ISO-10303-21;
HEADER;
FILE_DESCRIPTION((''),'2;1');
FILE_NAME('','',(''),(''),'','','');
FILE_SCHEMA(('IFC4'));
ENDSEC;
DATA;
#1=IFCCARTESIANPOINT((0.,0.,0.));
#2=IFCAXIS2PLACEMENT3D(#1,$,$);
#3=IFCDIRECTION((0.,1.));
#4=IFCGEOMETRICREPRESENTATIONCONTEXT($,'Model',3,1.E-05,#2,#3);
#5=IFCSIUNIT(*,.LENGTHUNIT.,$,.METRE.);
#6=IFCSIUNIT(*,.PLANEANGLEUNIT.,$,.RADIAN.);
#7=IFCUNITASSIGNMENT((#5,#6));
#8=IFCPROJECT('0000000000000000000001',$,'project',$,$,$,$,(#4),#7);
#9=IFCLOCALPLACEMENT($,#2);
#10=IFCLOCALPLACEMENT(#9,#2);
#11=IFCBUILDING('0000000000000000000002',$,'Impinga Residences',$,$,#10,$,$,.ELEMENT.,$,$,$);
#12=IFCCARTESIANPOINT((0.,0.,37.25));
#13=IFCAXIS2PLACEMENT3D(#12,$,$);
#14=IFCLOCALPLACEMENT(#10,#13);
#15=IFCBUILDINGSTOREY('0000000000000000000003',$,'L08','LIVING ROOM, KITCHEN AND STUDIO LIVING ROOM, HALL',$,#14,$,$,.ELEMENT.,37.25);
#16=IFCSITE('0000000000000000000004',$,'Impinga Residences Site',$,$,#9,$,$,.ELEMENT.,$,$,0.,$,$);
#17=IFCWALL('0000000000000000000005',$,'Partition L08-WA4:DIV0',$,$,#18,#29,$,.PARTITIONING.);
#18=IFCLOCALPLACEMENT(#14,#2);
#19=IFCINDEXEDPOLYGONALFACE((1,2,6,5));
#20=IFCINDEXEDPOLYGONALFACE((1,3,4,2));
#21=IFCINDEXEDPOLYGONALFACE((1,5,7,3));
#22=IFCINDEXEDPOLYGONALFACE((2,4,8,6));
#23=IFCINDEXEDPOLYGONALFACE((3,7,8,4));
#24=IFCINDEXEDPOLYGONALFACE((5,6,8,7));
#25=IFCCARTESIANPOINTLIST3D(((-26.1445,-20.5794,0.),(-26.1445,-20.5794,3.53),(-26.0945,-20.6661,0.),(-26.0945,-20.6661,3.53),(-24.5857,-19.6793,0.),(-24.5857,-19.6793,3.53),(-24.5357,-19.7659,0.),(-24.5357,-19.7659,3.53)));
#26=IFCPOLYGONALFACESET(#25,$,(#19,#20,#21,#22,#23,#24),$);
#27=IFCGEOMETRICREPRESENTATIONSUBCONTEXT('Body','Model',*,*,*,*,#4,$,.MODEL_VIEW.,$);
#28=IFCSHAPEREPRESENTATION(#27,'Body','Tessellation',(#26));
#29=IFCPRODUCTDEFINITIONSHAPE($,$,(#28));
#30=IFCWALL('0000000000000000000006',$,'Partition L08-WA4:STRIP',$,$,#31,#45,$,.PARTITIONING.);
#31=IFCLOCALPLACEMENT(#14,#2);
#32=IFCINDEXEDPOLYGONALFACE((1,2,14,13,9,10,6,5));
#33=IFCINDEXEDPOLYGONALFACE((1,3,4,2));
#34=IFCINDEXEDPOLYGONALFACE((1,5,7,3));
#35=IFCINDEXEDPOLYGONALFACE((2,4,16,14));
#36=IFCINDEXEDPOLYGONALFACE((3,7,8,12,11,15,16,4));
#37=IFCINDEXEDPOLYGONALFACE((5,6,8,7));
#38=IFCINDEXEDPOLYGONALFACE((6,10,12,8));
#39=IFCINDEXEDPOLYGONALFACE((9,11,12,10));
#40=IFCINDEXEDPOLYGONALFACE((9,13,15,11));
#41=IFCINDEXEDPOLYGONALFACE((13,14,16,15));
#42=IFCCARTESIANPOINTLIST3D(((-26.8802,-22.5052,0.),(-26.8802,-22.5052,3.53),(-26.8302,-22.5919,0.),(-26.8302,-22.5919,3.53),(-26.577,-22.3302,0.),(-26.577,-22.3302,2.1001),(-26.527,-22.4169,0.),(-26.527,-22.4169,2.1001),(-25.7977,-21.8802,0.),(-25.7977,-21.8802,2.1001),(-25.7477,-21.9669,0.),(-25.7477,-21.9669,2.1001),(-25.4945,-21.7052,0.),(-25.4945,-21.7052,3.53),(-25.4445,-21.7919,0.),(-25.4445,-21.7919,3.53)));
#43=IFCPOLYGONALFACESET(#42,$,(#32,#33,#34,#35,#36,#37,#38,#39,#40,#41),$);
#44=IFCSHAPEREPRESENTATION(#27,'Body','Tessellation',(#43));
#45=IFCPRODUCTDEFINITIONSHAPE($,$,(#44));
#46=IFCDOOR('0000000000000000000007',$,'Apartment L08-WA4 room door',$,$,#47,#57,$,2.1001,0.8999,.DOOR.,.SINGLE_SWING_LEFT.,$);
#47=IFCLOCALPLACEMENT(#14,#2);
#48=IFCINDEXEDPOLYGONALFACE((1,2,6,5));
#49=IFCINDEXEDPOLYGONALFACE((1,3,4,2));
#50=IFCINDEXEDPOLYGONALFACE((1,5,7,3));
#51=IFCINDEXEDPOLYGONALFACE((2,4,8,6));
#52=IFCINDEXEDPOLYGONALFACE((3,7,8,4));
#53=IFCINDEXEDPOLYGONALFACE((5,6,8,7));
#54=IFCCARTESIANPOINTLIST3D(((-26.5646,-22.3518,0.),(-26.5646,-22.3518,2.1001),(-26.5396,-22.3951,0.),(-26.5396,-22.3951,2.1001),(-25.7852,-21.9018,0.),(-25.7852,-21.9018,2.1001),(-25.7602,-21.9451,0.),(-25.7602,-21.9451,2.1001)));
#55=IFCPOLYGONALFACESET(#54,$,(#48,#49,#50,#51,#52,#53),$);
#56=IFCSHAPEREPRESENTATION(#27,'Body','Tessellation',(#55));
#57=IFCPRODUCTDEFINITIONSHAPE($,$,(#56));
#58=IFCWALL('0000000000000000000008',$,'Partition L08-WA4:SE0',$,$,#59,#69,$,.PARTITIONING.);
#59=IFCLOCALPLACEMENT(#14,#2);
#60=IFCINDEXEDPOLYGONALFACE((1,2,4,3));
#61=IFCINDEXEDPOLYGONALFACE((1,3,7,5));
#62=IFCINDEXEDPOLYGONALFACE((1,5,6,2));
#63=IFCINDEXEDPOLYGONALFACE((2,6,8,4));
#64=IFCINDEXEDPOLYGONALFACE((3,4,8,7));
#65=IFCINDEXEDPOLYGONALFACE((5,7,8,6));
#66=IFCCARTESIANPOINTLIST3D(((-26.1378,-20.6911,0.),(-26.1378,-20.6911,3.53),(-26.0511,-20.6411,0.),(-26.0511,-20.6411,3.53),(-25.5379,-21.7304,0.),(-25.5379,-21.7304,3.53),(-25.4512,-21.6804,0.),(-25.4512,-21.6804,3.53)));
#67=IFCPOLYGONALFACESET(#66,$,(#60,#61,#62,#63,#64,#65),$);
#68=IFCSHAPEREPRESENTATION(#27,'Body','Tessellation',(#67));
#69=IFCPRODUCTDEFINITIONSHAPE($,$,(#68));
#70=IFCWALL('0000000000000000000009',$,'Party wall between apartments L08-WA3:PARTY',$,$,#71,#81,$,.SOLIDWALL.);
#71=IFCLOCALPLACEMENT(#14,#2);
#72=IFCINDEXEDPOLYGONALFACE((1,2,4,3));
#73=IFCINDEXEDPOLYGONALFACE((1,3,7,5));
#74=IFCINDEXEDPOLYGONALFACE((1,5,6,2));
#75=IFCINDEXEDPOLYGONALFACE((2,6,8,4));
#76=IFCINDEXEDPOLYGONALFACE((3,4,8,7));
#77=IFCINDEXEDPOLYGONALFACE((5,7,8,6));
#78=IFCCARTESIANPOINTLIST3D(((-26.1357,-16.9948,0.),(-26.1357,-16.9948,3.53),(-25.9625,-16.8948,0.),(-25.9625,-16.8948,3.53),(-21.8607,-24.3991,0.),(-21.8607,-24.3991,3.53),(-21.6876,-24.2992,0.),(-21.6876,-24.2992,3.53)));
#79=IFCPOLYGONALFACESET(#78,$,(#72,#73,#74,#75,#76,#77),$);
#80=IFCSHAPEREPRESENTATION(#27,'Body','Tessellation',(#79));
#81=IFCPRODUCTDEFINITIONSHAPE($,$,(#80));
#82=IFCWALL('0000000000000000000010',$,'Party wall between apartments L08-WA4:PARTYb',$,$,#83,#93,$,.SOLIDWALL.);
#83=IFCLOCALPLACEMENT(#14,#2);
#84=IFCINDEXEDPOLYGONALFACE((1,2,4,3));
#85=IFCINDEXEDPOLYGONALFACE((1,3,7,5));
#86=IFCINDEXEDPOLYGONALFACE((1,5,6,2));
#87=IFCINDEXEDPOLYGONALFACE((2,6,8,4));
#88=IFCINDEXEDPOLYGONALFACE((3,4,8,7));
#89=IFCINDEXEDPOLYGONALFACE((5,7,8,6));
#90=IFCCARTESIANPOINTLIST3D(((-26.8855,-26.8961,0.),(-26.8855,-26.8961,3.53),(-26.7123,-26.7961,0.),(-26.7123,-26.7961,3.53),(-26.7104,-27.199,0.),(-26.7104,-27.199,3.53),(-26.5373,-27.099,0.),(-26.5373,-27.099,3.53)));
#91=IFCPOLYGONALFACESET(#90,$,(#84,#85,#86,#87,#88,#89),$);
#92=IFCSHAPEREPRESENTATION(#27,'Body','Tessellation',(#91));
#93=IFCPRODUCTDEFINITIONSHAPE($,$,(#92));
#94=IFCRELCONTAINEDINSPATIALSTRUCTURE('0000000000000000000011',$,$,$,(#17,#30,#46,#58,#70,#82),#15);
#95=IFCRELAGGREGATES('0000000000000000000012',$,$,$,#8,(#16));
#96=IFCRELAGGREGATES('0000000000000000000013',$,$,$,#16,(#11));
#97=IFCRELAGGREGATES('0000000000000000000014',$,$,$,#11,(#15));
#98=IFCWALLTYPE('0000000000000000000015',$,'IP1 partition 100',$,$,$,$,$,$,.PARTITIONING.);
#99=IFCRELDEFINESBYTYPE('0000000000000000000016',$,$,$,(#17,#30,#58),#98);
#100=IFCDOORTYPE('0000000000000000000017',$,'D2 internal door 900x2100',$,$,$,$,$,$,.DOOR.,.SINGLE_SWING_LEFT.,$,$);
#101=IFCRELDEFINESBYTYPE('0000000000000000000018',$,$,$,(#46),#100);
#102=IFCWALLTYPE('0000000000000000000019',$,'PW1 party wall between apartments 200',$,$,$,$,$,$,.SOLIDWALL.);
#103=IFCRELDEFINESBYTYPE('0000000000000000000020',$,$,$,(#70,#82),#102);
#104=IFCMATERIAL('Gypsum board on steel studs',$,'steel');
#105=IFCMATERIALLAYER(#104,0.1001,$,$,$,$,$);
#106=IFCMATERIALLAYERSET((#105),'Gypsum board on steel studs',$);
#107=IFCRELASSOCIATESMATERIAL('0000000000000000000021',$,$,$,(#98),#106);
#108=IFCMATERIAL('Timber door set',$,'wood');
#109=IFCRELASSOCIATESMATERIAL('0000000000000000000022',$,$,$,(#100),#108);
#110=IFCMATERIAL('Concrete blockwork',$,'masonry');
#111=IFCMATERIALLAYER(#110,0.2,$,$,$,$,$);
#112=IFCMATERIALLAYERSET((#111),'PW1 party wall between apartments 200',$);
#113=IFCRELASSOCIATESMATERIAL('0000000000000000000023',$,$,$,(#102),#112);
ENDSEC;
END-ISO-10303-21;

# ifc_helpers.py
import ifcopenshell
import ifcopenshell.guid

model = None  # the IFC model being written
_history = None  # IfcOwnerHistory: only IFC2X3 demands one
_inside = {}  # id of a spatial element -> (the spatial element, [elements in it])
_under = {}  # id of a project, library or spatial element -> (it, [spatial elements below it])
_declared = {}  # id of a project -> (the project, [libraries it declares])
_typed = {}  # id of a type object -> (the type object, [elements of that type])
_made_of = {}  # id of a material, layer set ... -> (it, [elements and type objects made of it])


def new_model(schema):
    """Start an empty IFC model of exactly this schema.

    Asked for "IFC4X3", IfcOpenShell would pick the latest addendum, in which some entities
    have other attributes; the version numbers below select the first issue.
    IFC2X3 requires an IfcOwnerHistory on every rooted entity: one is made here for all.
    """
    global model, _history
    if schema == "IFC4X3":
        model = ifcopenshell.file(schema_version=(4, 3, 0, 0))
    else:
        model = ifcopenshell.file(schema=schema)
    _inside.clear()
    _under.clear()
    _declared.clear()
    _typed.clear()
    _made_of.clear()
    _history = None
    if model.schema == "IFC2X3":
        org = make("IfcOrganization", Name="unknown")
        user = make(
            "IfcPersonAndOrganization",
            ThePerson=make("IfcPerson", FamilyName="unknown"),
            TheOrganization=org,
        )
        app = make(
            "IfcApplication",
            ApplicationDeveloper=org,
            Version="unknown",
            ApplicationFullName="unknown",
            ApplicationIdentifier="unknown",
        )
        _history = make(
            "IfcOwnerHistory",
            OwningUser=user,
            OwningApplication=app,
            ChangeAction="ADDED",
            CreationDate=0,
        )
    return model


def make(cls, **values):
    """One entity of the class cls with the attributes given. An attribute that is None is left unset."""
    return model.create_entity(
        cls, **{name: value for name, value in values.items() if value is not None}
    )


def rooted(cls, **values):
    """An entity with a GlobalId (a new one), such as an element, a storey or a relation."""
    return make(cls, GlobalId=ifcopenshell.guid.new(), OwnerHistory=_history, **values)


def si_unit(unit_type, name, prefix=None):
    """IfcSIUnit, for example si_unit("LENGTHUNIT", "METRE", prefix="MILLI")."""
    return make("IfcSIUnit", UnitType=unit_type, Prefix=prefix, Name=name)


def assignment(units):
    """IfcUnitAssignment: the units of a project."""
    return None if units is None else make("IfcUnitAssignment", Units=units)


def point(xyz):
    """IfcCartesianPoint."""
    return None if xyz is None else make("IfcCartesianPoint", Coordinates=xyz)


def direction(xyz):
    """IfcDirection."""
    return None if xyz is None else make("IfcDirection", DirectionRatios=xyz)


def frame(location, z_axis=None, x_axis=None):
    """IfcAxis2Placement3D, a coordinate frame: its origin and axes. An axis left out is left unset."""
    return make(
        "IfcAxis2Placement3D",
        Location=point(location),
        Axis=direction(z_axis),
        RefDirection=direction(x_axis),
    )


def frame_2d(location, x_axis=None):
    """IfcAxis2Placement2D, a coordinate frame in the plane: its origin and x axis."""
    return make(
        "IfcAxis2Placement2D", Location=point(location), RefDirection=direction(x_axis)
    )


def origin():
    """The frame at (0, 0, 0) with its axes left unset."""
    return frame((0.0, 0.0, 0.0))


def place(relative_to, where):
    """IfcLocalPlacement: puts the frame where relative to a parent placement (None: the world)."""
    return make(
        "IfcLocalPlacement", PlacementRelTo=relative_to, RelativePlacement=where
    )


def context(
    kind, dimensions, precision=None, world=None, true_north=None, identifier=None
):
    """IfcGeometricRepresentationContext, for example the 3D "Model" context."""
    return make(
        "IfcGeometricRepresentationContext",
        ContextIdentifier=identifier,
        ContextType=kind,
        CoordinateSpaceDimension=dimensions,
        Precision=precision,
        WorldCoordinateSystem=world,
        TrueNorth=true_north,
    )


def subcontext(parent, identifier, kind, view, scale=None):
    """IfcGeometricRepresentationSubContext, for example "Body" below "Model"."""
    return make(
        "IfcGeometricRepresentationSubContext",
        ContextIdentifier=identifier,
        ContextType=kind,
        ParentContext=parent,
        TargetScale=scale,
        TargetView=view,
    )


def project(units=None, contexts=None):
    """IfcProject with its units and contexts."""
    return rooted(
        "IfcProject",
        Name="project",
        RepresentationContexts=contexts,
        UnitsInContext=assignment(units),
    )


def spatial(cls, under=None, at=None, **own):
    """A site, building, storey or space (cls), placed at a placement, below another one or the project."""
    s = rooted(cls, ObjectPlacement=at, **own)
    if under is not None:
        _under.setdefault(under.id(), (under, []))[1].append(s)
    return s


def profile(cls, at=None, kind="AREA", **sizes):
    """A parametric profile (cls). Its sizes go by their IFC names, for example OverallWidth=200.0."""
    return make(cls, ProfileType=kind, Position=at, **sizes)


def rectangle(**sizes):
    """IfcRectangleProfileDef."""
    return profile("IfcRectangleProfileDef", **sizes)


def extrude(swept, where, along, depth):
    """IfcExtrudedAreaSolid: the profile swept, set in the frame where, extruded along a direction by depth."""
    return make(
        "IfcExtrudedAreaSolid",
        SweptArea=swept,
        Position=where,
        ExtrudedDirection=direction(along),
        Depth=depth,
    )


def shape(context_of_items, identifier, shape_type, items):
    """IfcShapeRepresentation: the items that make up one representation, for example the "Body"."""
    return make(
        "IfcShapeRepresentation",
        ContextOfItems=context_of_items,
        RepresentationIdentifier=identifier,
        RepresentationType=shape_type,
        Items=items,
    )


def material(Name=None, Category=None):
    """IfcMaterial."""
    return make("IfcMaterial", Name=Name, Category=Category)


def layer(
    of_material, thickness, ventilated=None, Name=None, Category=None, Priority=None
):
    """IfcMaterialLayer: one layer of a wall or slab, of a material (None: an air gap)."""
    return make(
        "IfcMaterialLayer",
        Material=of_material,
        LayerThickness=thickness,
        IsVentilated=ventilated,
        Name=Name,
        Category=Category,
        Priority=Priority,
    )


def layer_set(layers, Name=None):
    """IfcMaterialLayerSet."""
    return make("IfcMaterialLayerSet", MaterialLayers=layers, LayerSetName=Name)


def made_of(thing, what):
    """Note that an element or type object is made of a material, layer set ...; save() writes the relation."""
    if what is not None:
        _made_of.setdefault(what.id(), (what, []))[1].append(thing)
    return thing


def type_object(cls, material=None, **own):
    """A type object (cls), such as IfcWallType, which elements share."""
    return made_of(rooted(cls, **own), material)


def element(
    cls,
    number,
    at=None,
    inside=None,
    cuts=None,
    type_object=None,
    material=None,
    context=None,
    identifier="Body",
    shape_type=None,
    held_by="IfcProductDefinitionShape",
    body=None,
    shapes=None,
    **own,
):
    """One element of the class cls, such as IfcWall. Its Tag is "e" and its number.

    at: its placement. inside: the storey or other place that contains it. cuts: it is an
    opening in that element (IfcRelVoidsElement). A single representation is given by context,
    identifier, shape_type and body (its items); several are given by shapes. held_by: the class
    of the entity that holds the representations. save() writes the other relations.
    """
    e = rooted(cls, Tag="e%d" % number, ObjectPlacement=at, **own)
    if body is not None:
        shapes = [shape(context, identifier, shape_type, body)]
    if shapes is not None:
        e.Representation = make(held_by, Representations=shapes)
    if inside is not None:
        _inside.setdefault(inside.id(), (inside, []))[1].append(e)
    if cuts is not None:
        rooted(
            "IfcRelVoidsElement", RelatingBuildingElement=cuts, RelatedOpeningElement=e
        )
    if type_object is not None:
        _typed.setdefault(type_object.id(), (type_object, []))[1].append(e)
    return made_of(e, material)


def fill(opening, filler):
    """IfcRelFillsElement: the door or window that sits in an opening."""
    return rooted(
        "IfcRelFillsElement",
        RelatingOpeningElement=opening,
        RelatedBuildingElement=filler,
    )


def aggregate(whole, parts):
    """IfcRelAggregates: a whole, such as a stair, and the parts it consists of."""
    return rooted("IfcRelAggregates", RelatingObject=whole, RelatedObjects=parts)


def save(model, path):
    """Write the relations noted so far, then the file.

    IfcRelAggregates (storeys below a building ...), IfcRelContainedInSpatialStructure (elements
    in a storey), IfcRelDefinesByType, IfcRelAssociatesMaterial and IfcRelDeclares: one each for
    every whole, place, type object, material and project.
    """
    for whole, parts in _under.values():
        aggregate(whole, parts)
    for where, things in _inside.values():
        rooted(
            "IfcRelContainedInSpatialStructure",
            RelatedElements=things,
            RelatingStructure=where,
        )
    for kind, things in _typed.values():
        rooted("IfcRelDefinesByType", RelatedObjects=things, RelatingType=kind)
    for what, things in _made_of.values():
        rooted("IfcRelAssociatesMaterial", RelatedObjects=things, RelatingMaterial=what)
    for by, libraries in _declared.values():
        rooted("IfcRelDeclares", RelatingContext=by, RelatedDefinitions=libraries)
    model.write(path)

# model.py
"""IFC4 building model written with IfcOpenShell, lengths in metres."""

from ifc_helpers import new_model, si_unit, direction, frame, frame_2d, origin, place, context, subcontext, project, spatial, rectangle, extrude, material, layer, layer_set, type_object, element, fill, save


model = new_model("IFC4")

# Units and contexts
model_context = context("Model", 3, precision=1e-05, world=origin(), true_north=direction((0.0, 1.0)))
body_context = subcontext(model_context, "Body", "Model", "MODEL_VIEW")
ifc_project = project(units=[si_unit("LENGTHUNIT", "METRE"), si_unit("PLANEANGLEUNIT", "RADIAN")], contexts=[model_context])

# Site, building, storey
site_placement = place(None, origin())
site = spatial("IfcSite", under=ifc_project, at=site_placement, Name="Impinga Residences Site", CompositionType="ELEMENT", RefElevation=0.0)
building_placement = place(site_placement, origin())
building = spatial("IfcBuilding", under=site, at=building_placement, Name="Impinga Residences", CompositionType="ELEMENT")
storey_placement = place(building_placement, frame((0.0, 0.0, 37.25)))
storey = spatial("IfcBuildingStorey", under=building, at=storey_placement, Name="L08", Description="LIVING ROOM, KITCHEN AND STUDIO LIVING ROOM, HALL", CompositionType="ELEMENT", Elevation=37.25)

# Shared definitions
ifc_material_1 = material(Name="Concrete blockwork", Category="masonry")
ifc_material_2 = material(Name="Timber door set", Category="wood")

# Shared definitions
ifc_material_3 = material(Name="Gypsum board on steel studs", Category="steel")
ifc_layer_1 = layer(ifc_material_3, 0.1001)
ifc_layer_set_1 = layer_set([ifc_layer_1], Name="Gypsum board on steel studs")
wall_type_1 = type_object("IfcWallType", Name="IP1 partition 100", PredefinedType="PARTITIONING", material=ifc_layer_set_1)

# Shared definitions
door_type_1 = type_object("IfcDoorType", Name="D2 internal door 900x2100", OperationType="SINGLE_SWING_LEFT", PredefinedType="DOOR", material=ifc_material_2)

# Wall
wall_1_placement = place(storey_placement, frame((-24.5608, -19.7227, 0.0), z_axis=(0.0, 0.0, 1.0), x_axis=(-0.865989, -0.500063, 0.0)))
element("IfcWall", 1, at=wall_1_placement, inside=storey, type_object=wall_type_1, Name="Partition L08-WA4:DIV0", PredefinedType="PARTITIONING", context=body_context, shape_type="SweptSolid", body=[
    extrude(rectangle(XDim=1.8, YDim=0.1001, at=frame_2d((0.8999, 0.0))), origin(), (0.0, 0.0, 1.0), 3.53),
])

# Wall, opening, door
wall_2_placement = place(storey_placement, frame((-25.4695, -21.7485, 0.0), z_axis=(0.0, 0.0, 1.0), x_axis=(-0.866028, -0.499995, 0.0)))
wall_2 = element("IfcWall", 2, at=wall_2_placement, inside=storey, type_object=wall_type_1, Name="Partition L08-WA4:STRIP", PredefinedType="PARTITIONING", context=body_context, shape_type="SweptSolid", body=[
    extrude(rectangle(XDim=1.6001, YDim=0.1001, at=frame_2d((0.8, 0.0))), origin(), (0.0, 0.0, 1.0), 3.53),
])
opening_1_placement = place(wall_2_placement, frame((0.3501, 0.0, 0.0)))
opening_1 = element("IfcOpeningElement", 3, at=opening_1_placement, cuts=wall_2, PredefinedType="OPENING", context=body_context, shape_type="SweptSolid", body=[
    extrude(rectangle(XDim=0.8999, YDim=2.1001, at=frame_2d((0.45, 1.05))), frame((0.0, 0.0601, 0.0), z_axis=(0.0, -1.0, 0.0), x_axis=(1.0, 0.0, 0.0)), (0.0, 0.0, 1.0), 0.1201),
])
door_1_placement = place(opening_1_placement, origin())
door_1 = element("IfcDoor", 4, at=door_1_placement, inside=storey, type_object=door_type_1, Name="Apartment L08-WA4 room door", OperationType="SINGLE_SWING_LEFT", OverallHeight=2.1001, OverallWidth=0.8999, PredefinedType="DOOR", context=body_context, shape_type="SweptSolid", body=[
    extrude(rectangle(XDim=0.8999, YDim=2.1001, at=frame_2d((0.45, 1.05))), frame((0.0, 0.0249, 0.0), z_axis=(0.0, -1.0, 0.0), x_axis=(1.0, 0.0, 0.0)), (0.0, 0.0, 1.0), 0.05),
])
fill(opening_1, door_1)

# Walls
wall_3_placement = place(storey_placement, frame((-26.0945, -20.666, 0.0), z_axis=(0.0, 0.0, 1.0), x_axis=(0.499881, -0.866094, 0.0)))
element("IfcWall", 5, at=wall_3_placement, inside=storey, type_object=wall_type_1, Name="Partition L08-WA4:SE0", PredefinedType="PARTITIONING", context=body_context, shape_type="SweptSolid", body=[
    extrude(rectangle(XDim=1.2, YDim=0.1001, at=frame_2d((0.6001, 0.0))), origin(), (0.0, 0.0, 1.0), 3.53),
])
ifc_layer_2 = layer(ifc_material_1, 0.2)
ifc_layer_set_2 = layer_set([ifc_layer_2], Name="PW1 party wall between apartments 200")
wall_type_2 = type_object("IfcWallType", Name="PW1 party wall between apartments 200", PredefinedType="SOLIDWALL", material=ifc_layer_set_2)
wall_4_placement = place(storey_placement, frame((-26.0491, -16.9448, 0.0), z_axis=(0.0, 0.0, 1.0), x_axis=(0.500003, -0.866024, 0.0)))
element("IfcWall", 6, at=wall_4_placement, inside=storey, type_object=wall_type_2, Name="Party wall between apartments L08-WA3:PARTY", PredefinedType="SOLIDWALL", context=body_context, shape_type="SweptSolid", body=[
    extrude(rectangle(XDim=8.5498, YDim=0.2, at=frame_2d((4.2749, 0.0))), origin(), (0.0, 0.0, 1.0), 3.53),
])
wall_5_placement = place(storey_placement, frame((-26.7988, -26.8462, 0.0), z_axis=(0.0, 0.0, 1.0), x_axis=(0.500266, -0.865872, 0.0)))
element("IfcWall", 7, at=wall_5_placement, inside=storey, type_object=wall_type_2, Name="Party wall between apartments L08-WA4:PARTYb", PredefinedType="SOLIDWALL", context=body_context, shape_type="SweptSolid", body=[
    extrude(rectangle(XDim=0.3499, YDim=0.2, at=frame_2d((0.1748, 0.0))), origin(), (0.0, 0.0, 1.0), 3.53),
])

save(model, "model.ifc")
